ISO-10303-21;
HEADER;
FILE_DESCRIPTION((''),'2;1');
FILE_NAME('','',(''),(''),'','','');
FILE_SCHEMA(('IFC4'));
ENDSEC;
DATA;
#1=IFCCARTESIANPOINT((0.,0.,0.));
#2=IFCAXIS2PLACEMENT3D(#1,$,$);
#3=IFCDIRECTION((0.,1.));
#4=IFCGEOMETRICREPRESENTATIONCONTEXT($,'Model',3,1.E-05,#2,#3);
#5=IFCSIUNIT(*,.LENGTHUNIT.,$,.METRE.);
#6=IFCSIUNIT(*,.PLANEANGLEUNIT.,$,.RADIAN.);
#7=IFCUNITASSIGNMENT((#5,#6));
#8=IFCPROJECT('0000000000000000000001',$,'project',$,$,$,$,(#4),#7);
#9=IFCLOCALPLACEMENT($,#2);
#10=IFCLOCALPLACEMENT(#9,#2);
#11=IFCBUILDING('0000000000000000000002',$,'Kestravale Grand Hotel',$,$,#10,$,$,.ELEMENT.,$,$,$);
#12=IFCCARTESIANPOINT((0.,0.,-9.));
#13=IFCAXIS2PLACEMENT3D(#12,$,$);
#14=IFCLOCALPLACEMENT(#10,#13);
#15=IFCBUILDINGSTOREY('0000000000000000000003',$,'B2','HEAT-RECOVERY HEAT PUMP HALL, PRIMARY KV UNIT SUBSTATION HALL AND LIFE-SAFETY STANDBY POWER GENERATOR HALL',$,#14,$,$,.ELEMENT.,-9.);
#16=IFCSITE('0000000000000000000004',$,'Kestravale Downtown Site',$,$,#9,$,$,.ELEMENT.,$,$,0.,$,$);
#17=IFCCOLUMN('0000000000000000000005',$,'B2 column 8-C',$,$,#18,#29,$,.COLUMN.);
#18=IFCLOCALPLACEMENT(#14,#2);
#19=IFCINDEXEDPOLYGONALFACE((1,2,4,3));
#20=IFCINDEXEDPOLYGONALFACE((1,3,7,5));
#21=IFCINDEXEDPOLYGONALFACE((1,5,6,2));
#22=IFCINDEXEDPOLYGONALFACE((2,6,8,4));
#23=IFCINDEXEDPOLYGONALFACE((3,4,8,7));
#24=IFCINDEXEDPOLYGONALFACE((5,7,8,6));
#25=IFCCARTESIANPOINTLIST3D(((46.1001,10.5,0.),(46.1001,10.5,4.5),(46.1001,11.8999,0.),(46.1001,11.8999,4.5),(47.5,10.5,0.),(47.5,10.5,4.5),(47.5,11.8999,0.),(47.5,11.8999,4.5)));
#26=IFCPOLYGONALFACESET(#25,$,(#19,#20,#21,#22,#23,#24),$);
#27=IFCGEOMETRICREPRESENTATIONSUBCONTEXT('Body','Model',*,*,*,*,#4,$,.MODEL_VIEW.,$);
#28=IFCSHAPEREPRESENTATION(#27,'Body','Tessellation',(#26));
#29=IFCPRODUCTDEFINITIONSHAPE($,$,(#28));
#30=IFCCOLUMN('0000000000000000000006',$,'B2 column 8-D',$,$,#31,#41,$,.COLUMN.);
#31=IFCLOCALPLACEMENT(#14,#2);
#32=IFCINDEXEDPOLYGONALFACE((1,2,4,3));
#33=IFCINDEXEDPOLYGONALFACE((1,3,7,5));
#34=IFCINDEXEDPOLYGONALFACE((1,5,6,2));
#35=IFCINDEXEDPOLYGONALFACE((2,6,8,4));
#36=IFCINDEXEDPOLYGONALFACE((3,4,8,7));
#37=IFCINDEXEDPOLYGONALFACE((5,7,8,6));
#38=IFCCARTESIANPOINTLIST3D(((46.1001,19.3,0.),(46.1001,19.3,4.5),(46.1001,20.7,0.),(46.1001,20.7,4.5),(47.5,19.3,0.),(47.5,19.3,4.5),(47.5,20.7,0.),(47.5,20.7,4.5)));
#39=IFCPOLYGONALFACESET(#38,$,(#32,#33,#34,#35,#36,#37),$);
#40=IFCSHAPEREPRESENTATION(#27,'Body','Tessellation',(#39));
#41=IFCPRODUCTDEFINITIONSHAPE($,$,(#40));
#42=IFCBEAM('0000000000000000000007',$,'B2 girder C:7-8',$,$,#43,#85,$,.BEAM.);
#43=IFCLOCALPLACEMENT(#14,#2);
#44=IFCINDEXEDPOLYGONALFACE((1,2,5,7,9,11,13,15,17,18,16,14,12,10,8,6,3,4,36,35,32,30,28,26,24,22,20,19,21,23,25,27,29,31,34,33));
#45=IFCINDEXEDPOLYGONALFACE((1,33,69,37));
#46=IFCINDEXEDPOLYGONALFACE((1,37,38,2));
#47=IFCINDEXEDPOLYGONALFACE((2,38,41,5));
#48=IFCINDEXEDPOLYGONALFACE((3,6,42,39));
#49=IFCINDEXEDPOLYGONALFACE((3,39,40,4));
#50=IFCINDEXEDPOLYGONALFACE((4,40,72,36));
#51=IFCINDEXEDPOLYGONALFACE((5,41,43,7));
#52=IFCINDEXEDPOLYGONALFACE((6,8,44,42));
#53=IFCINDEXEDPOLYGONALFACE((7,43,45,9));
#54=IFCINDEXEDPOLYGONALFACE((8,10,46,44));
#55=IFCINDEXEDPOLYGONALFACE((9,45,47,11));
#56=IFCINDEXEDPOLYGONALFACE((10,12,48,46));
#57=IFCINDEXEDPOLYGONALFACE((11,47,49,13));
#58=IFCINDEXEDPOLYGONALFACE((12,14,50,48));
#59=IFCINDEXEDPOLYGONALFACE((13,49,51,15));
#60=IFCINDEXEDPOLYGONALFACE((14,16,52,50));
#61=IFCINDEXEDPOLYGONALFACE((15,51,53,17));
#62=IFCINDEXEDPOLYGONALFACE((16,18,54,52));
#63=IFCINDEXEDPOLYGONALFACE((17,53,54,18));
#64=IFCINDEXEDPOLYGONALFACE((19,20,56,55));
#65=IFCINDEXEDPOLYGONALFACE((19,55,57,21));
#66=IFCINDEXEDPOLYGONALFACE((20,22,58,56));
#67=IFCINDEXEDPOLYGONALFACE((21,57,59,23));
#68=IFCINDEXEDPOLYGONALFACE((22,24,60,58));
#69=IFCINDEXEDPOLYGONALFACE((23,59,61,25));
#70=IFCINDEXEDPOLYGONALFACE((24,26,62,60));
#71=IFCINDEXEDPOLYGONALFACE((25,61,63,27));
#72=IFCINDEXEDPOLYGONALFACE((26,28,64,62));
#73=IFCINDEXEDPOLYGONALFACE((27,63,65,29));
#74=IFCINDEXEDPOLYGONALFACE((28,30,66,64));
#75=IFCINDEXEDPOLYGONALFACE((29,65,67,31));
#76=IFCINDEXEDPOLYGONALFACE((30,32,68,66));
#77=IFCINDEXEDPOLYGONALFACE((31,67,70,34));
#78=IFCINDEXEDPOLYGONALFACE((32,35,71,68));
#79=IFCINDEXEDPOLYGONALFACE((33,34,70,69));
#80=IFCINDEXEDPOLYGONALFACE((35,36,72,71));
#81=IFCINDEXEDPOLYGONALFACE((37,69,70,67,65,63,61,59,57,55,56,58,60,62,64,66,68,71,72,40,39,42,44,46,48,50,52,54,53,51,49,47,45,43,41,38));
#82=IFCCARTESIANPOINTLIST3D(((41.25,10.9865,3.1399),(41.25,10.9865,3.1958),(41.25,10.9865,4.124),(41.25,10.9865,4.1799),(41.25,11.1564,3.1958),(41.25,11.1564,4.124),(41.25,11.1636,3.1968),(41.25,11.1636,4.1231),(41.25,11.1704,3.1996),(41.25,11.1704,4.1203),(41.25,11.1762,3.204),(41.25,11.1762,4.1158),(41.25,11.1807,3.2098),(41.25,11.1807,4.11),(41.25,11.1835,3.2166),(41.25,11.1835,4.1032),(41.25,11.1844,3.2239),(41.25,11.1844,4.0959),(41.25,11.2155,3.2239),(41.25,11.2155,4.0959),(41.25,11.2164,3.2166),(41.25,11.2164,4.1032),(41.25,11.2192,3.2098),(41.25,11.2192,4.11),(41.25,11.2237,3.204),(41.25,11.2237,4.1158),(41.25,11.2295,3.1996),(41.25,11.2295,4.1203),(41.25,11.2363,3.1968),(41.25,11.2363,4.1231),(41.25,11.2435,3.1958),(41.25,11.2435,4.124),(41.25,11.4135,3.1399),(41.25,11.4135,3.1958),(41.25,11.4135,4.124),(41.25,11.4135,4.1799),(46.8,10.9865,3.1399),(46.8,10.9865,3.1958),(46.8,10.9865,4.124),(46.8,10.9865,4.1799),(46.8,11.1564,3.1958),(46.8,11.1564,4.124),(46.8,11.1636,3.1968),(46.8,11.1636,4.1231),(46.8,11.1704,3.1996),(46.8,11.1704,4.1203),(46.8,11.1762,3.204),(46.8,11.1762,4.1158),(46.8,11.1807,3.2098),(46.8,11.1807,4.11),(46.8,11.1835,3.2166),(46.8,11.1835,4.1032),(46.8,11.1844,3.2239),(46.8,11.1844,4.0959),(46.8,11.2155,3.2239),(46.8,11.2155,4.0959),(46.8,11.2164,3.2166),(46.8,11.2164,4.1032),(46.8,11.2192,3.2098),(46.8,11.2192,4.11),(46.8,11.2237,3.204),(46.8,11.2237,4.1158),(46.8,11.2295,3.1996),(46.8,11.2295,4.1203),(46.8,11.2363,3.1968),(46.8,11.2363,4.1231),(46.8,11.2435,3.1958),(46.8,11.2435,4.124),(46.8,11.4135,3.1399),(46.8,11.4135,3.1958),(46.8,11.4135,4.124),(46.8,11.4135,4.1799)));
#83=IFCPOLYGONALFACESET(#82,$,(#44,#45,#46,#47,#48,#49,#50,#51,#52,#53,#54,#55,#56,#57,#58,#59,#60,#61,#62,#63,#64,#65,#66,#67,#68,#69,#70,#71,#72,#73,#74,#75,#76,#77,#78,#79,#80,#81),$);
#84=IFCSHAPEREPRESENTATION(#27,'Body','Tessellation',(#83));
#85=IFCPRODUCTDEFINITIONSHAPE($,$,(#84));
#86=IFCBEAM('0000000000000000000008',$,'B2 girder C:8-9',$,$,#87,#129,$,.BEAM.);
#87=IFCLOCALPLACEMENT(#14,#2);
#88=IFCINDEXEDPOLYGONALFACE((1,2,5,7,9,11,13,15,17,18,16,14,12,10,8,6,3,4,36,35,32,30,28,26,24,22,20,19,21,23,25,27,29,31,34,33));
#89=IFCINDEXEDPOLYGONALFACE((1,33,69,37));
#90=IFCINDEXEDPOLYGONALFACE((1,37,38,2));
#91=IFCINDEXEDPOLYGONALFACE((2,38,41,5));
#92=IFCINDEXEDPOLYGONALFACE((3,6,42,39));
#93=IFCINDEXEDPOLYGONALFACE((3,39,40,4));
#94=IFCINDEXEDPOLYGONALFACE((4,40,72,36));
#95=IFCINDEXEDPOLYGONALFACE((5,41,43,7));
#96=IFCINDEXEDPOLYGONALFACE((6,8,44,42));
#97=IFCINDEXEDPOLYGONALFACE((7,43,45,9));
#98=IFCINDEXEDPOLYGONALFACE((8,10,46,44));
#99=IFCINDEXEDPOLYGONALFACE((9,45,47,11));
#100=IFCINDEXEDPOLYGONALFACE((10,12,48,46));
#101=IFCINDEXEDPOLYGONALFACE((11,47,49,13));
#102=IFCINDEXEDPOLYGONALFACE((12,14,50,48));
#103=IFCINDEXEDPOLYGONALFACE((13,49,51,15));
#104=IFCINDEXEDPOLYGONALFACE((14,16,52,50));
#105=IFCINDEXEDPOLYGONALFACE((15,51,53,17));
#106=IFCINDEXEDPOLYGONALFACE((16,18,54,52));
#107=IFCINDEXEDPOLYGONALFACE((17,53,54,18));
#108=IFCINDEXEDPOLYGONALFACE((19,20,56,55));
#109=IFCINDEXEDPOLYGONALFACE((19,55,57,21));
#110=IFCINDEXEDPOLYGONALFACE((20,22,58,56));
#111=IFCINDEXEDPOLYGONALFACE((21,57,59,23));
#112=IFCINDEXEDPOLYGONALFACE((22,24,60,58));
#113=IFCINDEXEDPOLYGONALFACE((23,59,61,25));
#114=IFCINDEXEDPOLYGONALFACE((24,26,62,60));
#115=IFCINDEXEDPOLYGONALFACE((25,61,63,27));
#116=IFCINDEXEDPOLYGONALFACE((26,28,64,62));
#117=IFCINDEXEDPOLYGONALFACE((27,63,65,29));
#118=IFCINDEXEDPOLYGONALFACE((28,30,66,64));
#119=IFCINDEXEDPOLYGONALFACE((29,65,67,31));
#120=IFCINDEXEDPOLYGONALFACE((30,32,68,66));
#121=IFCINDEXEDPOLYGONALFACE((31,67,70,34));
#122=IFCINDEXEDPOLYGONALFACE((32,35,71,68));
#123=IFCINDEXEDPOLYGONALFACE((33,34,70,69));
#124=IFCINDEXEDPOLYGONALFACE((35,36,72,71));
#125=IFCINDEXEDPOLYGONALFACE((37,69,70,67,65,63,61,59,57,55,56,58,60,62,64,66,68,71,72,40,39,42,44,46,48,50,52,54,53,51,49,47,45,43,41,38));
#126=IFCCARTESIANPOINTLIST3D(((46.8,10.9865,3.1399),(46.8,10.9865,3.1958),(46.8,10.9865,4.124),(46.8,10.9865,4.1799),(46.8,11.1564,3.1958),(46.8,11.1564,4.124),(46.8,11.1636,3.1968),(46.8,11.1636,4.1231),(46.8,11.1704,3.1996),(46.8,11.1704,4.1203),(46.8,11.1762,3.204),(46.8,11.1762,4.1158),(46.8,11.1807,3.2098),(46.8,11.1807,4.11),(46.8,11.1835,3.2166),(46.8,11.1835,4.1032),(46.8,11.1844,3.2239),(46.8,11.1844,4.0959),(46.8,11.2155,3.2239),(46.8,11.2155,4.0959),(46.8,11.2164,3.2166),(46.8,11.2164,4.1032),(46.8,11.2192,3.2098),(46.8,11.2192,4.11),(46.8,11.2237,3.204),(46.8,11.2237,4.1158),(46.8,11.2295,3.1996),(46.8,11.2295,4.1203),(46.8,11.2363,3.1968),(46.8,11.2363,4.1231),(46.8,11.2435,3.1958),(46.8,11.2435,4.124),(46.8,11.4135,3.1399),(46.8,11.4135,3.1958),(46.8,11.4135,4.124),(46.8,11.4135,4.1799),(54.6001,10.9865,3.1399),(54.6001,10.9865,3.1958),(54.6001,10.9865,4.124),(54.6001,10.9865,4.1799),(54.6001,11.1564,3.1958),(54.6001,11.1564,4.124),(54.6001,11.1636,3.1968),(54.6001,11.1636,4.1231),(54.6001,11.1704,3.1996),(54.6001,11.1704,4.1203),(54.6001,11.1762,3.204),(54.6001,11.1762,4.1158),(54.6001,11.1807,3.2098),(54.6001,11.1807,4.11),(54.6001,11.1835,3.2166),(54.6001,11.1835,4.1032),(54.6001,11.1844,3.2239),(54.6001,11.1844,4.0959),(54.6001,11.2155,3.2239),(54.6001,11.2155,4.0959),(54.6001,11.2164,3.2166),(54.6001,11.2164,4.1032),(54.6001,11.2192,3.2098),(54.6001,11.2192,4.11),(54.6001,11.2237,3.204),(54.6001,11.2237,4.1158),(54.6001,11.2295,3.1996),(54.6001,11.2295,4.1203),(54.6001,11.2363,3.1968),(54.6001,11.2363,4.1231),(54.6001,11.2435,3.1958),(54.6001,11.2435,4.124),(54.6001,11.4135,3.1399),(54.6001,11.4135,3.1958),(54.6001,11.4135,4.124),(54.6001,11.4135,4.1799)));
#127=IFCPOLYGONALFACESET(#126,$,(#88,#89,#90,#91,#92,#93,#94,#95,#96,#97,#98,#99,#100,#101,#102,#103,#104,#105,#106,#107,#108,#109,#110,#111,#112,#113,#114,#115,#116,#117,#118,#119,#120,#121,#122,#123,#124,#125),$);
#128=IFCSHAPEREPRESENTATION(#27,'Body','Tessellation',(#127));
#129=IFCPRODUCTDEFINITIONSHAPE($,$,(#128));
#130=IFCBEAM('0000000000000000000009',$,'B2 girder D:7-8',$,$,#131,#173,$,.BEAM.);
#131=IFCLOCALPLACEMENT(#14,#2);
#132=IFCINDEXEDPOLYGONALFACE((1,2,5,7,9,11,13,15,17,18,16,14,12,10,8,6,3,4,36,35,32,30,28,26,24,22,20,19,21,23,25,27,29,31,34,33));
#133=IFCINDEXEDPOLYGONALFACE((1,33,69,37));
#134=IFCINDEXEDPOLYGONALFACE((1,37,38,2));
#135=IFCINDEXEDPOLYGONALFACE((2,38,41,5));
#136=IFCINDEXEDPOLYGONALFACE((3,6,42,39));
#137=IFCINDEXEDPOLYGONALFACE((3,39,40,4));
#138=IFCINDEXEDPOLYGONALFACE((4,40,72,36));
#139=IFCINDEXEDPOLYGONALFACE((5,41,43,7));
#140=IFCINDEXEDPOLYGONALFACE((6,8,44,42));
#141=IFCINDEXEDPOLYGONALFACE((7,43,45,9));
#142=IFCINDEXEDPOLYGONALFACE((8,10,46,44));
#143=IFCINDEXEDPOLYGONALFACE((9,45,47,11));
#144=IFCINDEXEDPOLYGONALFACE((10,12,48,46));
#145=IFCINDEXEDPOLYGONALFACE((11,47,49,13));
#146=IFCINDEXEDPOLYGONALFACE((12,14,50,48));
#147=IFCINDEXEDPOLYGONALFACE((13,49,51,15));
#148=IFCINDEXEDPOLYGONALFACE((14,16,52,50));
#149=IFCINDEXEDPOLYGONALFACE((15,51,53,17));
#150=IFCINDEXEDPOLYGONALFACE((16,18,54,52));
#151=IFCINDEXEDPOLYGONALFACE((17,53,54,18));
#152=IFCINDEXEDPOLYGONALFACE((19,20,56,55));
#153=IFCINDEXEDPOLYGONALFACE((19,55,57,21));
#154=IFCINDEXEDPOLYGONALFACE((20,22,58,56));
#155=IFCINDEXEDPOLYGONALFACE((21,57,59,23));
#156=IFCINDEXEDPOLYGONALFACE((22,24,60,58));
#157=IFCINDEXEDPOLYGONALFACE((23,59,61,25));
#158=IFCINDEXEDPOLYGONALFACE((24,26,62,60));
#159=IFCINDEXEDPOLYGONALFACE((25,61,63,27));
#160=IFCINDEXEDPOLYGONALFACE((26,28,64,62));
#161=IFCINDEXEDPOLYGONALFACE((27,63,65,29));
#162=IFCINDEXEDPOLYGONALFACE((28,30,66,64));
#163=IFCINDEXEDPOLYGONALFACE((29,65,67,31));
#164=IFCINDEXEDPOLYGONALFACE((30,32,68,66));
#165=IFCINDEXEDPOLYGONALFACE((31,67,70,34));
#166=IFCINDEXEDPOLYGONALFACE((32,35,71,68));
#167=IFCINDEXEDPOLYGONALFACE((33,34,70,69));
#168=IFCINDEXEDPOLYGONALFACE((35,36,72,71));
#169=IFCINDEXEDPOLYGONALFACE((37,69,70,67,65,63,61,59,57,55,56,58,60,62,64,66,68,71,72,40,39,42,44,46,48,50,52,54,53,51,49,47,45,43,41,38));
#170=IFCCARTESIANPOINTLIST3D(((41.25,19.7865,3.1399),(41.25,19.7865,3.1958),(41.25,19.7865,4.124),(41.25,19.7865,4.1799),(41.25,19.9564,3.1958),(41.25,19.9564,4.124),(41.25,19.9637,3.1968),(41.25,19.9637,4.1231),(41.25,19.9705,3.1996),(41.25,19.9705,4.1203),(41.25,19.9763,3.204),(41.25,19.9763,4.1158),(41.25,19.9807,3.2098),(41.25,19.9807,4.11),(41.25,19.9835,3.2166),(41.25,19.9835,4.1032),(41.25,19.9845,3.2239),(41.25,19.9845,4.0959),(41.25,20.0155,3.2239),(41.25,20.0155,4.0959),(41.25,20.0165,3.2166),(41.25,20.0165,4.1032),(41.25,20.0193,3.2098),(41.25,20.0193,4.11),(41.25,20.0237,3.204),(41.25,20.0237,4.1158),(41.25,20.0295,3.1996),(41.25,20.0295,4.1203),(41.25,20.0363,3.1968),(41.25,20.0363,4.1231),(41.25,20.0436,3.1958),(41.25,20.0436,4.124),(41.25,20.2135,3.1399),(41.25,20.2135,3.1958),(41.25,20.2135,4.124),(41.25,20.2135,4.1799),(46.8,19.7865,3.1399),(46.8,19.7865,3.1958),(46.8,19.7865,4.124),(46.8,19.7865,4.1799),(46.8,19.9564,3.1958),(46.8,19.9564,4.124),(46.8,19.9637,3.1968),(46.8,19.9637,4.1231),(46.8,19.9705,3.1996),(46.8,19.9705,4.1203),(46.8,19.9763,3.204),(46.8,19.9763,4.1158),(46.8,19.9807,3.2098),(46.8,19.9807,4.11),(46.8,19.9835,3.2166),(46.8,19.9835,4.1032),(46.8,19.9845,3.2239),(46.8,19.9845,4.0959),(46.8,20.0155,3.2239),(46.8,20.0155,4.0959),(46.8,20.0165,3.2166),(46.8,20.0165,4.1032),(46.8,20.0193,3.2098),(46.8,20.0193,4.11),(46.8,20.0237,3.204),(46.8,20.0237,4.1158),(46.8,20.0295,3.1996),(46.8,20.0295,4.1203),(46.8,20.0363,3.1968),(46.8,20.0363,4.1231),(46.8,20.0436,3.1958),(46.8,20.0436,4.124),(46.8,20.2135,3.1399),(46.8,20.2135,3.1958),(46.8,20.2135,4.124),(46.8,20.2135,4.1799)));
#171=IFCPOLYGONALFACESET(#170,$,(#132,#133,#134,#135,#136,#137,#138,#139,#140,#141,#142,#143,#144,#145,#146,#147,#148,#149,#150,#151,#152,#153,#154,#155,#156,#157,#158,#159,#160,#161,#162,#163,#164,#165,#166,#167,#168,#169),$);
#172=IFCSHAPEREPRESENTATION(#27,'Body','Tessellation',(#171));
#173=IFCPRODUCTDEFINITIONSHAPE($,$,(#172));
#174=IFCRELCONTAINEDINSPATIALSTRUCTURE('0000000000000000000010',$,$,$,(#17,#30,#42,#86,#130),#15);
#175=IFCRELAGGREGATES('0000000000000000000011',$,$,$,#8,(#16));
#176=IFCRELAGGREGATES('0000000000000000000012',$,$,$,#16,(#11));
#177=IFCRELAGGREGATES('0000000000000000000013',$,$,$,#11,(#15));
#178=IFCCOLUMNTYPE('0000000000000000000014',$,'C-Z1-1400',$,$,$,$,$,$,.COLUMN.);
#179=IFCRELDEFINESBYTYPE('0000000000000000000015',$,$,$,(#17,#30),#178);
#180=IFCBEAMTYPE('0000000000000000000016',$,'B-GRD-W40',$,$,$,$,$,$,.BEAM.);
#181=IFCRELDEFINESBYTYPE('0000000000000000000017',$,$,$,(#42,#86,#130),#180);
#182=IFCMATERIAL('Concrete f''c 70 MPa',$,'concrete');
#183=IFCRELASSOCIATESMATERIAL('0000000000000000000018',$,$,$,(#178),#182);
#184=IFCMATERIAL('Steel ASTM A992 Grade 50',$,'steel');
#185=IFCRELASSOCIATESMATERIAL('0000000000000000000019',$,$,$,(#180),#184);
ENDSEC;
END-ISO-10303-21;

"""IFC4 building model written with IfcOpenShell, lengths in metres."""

from ifc_helpers import new_model, si_unit, direction, frame, origin, origin_2d, place, context, subcontext, project, spatial, rectangle, i_section, extrude, material, material_profile, profile_set, type_object, element, save


model = new_model("IFC4")

# Units and contexts
model_context = context("Model", 3, precision=1e-05, world=origin(), true_north=direction((0.0, 1.0)))
body_context = subcontext(model_context, "Body", "Model", "MODEL_VIEW")
ifc_project = project(units=[si_unit("LENGTHUNIT", "METRE"), si_unit("PLANEANGLEUNIT", "RADIAN")], contexts=[model_context])

# Site, building, storey
site_placement = place(None, origin())
site = spatial("IfcSite", under=ifc_project, at=site_placement, Name="Kestravale Downtown Site", CompositionType="ELEMENT", RefElevation=0.0)
building_placement = place(site_placement, origin())
building = spatial("IfcBuilding", under=site, at=building_placement, Name="Kestravale Grand Hotel", CompositionType="ELEMENT")
storey_placement = place(building_placement, frame((0.0, 0.0, -9.0)))
storey = spatial("IfcBuildingStorey", under=building, at=storey_placement, Name="B2", Description="HEAT-RECOVERY HEAT PUMP HALL, PRIMARY KV UNIT SUBSTATION HALL AND LIFE-SAFETY STANDBY POWER GENERATOR HALL", CompositionType="ELEMENT", Elevation=-9.0)

# Columns
ifc_material_1 = material(Name="Concrete f'c 70 MPa", Category="concrete")
ifc_material_profile_1 = material_profile(ifc_material_1, rectangle(XDim=1.3999, YDim=1.3999, at=origin_2d()))
ifc_profile_set_1 = profile_set([ifc_material_profile_1], Name="Concrete f'c 70 MPa")
column_type = type_object("IfcColumnType", Name="C-Z1-1400", PredefinedType="COLUMN", material=ifc_profile_set_1)
for number, where, z_axis, x_axis, name in (
    (1, (46.8, 11.2, 0.0), (0.0, 0.0, 1.0), (1.0, 0.0, 0.0), "B2 column 8-C"),
    (2, (46.8, 20.0, 0.0), (0.0, 0.0, 1.0), (1.0, 0.0, 0.0), "B2 column 8-D"),
):
    element("IfcColumn", number, at=place(storey_placement, frame(where, z_axis=z_axis, x_axis=x_axis)), inside=storey, type_object=column_type, Name=name, PredefinedType="COLUMN", context=body_context, shape_type="SweptSolid", body=[
        extrude(rectangle(XDim=1.3999, YDim=1.3999, at=origin_2d()), origin(), (0.0, 0.0, 1.0), 4.5),
    ])

# Beams
ifc_material_2 = material(Name="Steel ASTM A992 Grade 50", Category="steel")
ifc_material_profile_2 = material_profile(ifc_material_2, i_section(OverallWidth=0.427, OverallDepth=1.04, WebThickness=0.031, FlangeThickness=0.0559, FilletRadius=0.0281, at=origin_2d()))
ifc_profile_set_2 = profile_set([ifc_material_profile_2], Name="Steel ASTM A992 Grade 50")
beam_type = type_object("IfcBeamType", Name="B-GRD-W40", PredefinedType="BEAM", material=ifc_profile_set_2)
beam_1_placement = place(storey_placement, frame((41.25, 11.2, 3.6599), z_axis=(1.0, 0.0, 0.0), x_axis=(0.0, 1.0, 0.0)))
element("IfcBeam", 3, at=beam_1_placement, inside=storey, type_object=beam_type, Name="B2 girder C:7-8", PredefinedType="BEAM", context=body_context, shape_type="SweptSolid", body=[
    extrude(i_section(OverallWidth=0.427, OverallDepth=1.04, WebThickness=0.031, FlangeThickness=0.0559, FilletRadius=0.0281, at=origin_2d()), origin(), (0.0, 0.0, 1.0), 5.55),
])
beam_2_placement = place(storey_placement, frame((46.8, 11.2, 3.6599), z_axis=(1.0, 0.0, 0.0), x_axis=(0.0, 1.0, 0.0)))
element("IfcBeam", 4, at=beam_2_placement, inside=storey, type_object=beam_type, Name="B2 girder C:8-9", PredefinedType="BEAM", context=body_context, shape_type="SweptSolid", body=[
    extrude(i_section(OverallWidth=0.427, OverallDepth=1.04, WebThickness=0.031, FlangeThickness=0.0559, FilletRadius=0.0281, at=origin_2d()), origin(), (0.0, 0.0, 1.0), 7.8),
])
beam_3_placement = place(storey_placement, frame((41.25, 20.0, 3.6599), z_axis=(1.0, 0.0, 0.0), x_axis=(0.0, 1.0, 0.0)))
element("IfcBeam", 5, at=beam_3_placement, inside=storey, type_object=beam_type, Name="B2 girder D:7-8", PredefinedType="BEAM", context=body_context, shape_type="SweptSolid", body=[
    extrude(i_section(OverallWidth=0.427, OverallDepth=1.04, WebThickness=0.031, FlangeThickness=0.0559, FilletRadius=0.0281, at=origin_2d()), origin(), (0.0, 0.0, 1.0), 5.55),
])

save(model, "model.ifc")
